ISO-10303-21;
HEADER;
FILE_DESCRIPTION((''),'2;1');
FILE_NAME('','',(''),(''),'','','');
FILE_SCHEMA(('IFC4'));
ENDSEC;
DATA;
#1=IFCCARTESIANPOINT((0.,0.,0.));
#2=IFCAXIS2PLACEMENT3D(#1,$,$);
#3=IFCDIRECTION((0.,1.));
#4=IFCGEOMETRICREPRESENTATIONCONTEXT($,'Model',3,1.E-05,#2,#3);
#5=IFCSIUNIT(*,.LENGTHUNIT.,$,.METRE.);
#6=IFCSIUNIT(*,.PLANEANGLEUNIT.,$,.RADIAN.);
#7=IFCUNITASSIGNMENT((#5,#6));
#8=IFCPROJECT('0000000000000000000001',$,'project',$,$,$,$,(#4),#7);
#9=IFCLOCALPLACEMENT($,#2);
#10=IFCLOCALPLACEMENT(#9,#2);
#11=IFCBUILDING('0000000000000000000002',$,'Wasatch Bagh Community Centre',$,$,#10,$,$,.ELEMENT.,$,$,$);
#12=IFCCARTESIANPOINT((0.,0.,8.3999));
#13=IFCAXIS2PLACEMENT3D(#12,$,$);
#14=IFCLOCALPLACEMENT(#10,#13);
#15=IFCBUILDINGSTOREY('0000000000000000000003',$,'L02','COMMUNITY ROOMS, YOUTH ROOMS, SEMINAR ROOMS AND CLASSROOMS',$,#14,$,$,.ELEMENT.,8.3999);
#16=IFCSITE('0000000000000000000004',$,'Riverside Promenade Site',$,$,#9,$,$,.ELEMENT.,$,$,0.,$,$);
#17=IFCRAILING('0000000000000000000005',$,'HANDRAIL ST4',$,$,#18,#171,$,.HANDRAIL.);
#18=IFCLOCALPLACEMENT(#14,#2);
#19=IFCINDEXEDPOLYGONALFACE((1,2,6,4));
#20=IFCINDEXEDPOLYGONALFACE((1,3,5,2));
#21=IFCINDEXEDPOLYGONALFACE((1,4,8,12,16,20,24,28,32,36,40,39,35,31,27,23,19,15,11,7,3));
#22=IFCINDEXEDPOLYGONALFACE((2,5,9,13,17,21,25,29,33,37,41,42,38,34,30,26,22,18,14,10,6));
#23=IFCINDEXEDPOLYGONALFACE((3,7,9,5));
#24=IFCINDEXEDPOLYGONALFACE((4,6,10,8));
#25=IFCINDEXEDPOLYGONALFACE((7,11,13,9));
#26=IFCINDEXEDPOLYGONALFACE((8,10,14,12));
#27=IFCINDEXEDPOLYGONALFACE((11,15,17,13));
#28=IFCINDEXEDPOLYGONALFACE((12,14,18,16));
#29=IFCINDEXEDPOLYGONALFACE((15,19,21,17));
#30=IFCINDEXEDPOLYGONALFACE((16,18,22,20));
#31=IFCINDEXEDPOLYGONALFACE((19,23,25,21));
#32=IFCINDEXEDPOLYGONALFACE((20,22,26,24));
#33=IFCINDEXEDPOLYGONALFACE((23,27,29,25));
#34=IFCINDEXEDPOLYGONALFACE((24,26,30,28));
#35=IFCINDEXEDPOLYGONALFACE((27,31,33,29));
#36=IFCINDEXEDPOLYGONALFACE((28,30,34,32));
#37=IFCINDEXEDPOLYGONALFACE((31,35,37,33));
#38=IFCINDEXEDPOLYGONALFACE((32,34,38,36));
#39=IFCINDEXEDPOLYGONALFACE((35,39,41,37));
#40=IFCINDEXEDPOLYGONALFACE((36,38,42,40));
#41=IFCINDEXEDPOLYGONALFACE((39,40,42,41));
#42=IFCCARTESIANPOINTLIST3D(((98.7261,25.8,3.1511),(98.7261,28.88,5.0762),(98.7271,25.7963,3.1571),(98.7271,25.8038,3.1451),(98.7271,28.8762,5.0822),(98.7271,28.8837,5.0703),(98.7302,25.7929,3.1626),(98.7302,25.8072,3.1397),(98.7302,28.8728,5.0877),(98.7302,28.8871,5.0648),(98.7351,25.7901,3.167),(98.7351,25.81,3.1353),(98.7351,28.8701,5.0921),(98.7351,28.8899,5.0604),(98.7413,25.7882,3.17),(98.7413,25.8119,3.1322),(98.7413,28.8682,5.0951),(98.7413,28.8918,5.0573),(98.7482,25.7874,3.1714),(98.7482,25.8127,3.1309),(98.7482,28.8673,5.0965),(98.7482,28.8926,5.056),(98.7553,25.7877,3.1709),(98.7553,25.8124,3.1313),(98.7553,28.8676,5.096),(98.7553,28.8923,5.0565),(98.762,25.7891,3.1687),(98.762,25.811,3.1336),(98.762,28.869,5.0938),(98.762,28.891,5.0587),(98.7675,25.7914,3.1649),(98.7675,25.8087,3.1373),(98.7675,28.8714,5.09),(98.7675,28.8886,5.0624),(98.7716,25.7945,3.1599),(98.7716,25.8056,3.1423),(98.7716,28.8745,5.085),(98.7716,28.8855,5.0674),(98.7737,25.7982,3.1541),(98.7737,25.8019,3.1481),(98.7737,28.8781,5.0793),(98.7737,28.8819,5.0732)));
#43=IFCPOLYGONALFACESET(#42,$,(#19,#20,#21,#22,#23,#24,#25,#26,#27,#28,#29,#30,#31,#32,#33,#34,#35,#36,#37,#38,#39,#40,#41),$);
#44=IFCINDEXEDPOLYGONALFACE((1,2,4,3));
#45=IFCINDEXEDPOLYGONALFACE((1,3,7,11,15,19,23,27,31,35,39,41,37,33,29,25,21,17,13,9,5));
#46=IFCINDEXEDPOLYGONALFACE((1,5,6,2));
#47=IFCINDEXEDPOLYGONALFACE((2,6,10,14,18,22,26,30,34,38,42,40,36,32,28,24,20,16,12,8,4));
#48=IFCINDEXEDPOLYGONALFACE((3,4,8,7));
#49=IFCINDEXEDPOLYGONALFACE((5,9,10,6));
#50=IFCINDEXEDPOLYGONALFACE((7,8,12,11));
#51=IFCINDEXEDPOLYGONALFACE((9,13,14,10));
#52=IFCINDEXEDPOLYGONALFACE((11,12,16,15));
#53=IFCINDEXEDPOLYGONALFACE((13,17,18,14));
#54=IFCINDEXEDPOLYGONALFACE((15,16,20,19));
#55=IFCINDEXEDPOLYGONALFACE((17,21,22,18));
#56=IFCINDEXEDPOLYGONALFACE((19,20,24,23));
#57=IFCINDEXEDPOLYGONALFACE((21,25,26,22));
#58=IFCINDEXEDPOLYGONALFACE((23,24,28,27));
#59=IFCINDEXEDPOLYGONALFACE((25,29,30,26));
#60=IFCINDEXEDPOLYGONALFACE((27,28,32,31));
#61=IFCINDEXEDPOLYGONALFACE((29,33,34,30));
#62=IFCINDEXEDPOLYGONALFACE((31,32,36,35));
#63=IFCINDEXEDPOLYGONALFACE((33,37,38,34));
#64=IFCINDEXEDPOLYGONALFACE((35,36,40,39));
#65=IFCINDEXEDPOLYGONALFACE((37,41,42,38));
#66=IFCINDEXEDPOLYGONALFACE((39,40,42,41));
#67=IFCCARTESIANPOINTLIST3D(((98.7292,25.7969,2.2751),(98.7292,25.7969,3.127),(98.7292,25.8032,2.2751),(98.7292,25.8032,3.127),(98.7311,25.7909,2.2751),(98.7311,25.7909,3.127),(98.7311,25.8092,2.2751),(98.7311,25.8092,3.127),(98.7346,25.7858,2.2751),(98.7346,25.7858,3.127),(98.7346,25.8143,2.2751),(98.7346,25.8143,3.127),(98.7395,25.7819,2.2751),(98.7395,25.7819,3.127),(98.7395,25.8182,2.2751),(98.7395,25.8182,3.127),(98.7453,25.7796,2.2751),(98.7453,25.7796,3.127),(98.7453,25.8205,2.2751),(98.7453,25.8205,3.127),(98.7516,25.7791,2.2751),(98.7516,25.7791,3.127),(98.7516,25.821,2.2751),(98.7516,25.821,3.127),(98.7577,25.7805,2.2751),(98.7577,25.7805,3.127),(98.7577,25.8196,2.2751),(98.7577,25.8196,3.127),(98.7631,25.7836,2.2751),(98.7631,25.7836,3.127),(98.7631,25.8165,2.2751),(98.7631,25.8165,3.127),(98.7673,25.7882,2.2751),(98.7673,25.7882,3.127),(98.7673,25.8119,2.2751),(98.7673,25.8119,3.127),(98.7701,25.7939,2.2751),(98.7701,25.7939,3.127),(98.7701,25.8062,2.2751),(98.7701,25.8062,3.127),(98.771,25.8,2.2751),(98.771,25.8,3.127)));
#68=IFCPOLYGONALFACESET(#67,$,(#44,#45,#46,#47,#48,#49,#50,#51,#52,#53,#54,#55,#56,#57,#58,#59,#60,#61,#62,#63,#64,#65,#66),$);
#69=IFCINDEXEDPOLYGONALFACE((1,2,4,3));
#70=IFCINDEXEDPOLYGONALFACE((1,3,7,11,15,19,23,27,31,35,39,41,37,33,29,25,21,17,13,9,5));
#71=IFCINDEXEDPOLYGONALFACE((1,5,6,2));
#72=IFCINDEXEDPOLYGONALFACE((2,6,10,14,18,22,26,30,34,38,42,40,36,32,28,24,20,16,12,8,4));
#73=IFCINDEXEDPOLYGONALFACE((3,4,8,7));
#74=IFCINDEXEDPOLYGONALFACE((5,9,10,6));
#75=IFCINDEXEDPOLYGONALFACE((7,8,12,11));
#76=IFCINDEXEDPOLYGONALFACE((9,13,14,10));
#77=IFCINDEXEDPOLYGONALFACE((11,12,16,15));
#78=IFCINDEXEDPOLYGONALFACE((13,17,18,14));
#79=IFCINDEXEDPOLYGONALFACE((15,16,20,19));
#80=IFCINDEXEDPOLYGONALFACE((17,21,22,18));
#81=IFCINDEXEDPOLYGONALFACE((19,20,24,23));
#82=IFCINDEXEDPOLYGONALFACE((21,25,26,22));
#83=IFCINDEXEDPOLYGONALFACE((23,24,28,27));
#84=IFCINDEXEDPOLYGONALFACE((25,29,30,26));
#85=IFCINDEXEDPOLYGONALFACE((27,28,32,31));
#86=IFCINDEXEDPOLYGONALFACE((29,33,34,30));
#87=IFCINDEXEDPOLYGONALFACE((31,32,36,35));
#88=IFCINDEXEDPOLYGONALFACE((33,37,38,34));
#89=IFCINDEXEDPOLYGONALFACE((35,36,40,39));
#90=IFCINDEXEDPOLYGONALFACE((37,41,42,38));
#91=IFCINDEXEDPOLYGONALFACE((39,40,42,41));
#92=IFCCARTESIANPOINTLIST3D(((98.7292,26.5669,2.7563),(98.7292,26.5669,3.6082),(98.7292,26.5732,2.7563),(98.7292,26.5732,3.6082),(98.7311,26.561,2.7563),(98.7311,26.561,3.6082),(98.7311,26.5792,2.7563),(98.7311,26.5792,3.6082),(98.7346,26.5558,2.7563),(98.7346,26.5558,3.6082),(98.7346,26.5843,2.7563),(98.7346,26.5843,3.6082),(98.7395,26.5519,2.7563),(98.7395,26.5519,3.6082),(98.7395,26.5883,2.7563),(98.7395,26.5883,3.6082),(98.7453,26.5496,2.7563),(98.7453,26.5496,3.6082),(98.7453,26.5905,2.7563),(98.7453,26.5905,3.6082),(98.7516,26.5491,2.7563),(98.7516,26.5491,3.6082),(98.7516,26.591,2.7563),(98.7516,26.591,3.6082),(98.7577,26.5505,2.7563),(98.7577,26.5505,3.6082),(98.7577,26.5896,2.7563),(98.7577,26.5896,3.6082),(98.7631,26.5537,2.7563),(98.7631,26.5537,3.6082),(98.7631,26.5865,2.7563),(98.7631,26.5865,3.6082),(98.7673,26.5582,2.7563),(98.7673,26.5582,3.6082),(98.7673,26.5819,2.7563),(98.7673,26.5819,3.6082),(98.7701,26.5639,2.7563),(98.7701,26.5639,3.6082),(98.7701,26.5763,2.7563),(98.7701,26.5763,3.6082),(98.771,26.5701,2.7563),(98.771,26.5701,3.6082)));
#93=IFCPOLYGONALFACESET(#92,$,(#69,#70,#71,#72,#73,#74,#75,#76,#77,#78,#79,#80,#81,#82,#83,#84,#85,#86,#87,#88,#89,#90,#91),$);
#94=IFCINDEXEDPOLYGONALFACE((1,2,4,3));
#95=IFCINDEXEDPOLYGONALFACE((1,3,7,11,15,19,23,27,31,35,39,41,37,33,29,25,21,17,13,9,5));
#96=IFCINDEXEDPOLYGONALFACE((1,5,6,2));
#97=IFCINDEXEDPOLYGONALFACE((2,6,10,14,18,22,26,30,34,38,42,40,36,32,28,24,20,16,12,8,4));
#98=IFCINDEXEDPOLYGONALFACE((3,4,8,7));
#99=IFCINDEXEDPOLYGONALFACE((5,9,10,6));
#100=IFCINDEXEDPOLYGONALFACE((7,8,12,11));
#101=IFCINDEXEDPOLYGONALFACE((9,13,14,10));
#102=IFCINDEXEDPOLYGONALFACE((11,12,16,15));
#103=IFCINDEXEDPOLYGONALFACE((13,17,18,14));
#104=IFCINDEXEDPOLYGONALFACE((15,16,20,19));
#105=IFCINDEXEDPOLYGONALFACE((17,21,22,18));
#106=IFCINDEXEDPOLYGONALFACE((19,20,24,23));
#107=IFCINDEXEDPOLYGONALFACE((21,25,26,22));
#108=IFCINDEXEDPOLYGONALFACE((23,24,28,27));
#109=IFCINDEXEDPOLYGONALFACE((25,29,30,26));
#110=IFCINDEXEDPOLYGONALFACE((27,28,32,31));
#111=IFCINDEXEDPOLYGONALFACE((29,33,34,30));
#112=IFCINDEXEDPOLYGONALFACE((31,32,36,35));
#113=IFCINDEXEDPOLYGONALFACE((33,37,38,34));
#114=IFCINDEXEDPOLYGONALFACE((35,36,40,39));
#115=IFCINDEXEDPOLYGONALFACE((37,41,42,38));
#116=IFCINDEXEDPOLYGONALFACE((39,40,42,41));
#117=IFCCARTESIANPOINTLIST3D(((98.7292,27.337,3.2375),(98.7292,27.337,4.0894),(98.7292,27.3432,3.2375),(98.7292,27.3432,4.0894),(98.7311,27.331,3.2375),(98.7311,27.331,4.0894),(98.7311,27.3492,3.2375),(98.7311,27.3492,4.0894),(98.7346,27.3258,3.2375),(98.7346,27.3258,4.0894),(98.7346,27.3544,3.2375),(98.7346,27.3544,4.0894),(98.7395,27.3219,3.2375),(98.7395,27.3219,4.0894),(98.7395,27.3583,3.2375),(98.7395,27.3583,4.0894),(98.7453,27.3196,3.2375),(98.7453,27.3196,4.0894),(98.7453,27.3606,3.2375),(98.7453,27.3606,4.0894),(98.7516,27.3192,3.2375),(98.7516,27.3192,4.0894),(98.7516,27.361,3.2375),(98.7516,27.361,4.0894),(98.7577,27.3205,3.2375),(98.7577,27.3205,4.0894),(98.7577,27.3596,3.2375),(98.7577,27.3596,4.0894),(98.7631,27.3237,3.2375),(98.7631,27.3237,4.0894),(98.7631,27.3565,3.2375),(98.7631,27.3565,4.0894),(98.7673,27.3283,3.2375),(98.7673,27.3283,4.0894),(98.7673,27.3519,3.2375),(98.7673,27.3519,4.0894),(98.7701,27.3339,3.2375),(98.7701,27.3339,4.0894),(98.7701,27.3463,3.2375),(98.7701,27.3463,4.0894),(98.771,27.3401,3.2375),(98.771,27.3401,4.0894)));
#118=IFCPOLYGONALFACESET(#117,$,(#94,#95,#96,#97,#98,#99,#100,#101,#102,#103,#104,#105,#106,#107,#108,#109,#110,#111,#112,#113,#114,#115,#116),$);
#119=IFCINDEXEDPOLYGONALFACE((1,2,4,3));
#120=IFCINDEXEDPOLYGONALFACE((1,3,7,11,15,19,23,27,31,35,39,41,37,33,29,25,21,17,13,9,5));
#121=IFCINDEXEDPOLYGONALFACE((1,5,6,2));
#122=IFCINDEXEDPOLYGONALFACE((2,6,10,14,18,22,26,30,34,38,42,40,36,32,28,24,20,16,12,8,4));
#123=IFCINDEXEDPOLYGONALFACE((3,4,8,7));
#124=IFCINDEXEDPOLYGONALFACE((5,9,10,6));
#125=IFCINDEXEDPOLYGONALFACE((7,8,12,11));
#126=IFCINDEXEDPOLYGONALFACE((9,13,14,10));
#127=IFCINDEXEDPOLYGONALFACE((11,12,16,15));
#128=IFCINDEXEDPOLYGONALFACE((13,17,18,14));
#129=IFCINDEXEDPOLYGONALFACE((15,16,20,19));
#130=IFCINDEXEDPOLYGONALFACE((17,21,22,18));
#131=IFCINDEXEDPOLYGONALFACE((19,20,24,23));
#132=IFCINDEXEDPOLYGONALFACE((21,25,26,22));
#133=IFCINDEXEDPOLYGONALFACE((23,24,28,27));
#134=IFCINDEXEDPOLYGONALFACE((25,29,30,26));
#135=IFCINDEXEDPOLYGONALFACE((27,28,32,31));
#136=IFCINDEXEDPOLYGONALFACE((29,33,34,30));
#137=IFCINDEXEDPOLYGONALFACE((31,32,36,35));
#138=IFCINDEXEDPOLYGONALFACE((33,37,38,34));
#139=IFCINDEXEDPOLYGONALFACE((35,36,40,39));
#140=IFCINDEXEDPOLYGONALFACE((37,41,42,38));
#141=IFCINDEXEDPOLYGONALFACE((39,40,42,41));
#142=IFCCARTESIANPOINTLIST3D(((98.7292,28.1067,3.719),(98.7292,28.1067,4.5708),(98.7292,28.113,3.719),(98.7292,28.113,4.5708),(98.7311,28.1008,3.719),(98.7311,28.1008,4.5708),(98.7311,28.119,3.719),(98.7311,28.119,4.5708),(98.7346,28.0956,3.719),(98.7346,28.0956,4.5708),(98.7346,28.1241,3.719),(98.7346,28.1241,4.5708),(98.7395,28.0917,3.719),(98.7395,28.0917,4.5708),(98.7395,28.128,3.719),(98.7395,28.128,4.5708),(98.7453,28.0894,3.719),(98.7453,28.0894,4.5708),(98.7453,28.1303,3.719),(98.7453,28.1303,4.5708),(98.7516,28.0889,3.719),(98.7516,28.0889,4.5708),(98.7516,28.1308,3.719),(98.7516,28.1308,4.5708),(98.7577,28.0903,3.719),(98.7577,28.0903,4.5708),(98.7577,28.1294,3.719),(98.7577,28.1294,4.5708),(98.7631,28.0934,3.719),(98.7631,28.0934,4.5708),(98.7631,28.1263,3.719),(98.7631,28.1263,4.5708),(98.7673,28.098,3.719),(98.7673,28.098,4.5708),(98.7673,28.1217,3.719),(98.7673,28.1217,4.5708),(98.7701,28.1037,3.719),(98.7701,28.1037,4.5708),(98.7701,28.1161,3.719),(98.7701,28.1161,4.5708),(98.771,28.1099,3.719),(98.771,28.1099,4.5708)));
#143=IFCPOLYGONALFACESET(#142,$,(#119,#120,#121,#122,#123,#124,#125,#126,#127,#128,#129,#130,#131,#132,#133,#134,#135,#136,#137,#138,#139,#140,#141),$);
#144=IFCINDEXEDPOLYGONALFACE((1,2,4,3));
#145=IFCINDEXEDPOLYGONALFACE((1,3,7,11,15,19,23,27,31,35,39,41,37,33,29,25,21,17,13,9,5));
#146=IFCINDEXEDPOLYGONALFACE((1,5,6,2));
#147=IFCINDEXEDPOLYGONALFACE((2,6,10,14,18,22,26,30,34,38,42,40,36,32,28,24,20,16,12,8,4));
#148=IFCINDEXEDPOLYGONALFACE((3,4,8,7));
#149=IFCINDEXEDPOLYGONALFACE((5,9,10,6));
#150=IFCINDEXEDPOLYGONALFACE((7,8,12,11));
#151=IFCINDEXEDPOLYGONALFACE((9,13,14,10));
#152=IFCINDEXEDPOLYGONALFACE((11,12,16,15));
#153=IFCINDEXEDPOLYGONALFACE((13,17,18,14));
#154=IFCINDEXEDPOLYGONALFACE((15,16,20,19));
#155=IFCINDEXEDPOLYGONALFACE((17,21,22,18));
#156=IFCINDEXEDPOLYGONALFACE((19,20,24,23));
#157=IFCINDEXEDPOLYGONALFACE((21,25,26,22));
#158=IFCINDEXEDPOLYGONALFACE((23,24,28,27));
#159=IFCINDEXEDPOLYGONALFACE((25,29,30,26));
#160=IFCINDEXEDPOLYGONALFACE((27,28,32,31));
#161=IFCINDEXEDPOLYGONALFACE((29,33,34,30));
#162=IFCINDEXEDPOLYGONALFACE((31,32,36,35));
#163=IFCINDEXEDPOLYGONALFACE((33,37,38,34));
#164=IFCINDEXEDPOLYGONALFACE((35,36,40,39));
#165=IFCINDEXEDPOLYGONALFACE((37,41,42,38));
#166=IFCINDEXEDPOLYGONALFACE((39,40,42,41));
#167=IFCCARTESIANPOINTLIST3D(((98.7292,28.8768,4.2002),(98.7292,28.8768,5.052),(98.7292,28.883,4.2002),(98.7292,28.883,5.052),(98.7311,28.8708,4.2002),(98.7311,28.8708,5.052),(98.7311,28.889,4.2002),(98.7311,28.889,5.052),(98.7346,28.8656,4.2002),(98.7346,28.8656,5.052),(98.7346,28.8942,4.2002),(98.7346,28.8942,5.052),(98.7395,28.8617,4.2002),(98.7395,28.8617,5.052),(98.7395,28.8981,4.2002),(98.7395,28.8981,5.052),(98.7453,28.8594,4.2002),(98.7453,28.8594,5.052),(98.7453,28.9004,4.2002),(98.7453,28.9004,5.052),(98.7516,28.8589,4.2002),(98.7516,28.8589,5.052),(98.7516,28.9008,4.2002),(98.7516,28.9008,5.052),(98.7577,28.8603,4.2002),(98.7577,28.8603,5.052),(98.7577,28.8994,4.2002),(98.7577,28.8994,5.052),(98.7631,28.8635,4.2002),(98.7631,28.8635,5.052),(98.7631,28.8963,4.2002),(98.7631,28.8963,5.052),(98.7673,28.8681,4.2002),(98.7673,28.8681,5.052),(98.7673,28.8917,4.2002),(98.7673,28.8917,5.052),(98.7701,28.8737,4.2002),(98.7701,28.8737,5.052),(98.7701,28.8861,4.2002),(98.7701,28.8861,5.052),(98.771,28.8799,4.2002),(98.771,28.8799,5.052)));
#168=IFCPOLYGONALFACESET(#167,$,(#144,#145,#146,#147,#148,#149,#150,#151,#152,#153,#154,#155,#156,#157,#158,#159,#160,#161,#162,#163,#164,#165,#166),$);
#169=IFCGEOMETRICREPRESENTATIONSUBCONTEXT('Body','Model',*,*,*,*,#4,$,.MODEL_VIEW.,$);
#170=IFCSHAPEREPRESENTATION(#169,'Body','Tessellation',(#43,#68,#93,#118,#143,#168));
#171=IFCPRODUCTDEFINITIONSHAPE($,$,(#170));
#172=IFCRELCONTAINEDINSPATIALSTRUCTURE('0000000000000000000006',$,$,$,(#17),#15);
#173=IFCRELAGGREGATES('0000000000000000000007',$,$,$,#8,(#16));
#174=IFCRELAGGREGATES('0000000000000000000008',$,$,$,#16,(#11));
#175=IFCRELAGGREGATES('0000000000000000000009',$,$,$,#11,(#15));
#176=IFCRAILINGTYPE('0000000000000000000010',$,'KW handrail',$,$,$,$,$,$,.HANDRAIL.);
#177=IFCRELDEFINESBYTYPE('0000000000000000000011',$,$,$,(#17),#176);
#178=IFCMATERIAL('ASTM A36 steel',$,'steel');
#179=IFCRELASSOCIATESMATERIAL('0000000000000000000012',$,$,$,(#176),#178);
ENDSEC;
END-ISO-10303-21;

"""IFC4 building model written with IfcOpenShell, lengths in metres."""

from ifc_helpers import new_model, si_unit, direction, frame, origin, origin_2d, place, context, subcontext, project, spatial, circle, extrude, material, type_object, element, save


model = new_model("IFC4")

# Units and contexts
model_context = context("Model", 3, precision=1e-05, world=origin(), true_north=direction((0.0, 1.0)))
body_context = subcontext(model_context, "Body", "Model", "MODEL_VIEW")
ifc_project = project(units=[si_unit("LENGTHUNIT", "METRE"), si_unit("PLANEANGLEUNIT", "RADIAN")], contexts=[model_context])

# Site, building, storey
site_placement = place(None, origin())
site = spatial("IfcSite", under=ifc_project, at=site_placement, Name="Riverside Promenade Site", CompositionType="ELEMENT", RefElevation=0.0)
building_placement = place(site_placement, origin())
building = spatial("IfcBuilding", under=site, at=building_placement, Name="Wasatch Bagh Community Centre", CompositionType="ELEMENT")
storey_placement = place(building_placement, frame((0.0, 0.0, 8.3999)))
storey = spatial("IfcBuildingStorey", under=building, at=storey_placement, Name="L02", Description="COMMUNITY ROOMS, YOUTH ROOMS, SEMINAR ROOMS AND CLASSROOMS", CompositionType="ELEMENT", Elevation=8.3999)

# Railing
ifc_material_1 = material(Name="ASTM A36 steel", Category="steel")
railing_type_1 = type_object("IfcRailingType", Name="KW handrail", PredefinedType="HANDRAIL", material=ifc_material_1)
for number, where, name in (
    (1, (98.75, 25.8, 2.2751), "HANDRAIL ST4"),
):
    element("IfcRailing", number, at=place(storey_placement, frame(where)), inside=storey, type_object=railing_type_1, Name=name, PredefinedType="HANDRAIL", context=body_context, shape_type="SweptSolid", body=[
        extrude(circle(Radius=0.0239, at=origin_2d()), frame((0.0, 0.0, 0.876), z_axis=(0.0, 0.847979, 0.530029), x_axis=(-1.0, 0.0, 0.0)), (0.0, 0.0, 1.0), 3.6321),
        extrude(circle(Radius=0.021, at=origin_2d()), origin(), (0.0, 0.0, 1.0), 0.8518),
        extrude(circle(Radius=0.021, at=origin_2d()), frame((0.0, 0.77, 0.4812)), (0.0, 0.0, 1.0), 0.8518),
        extrude(circle(Radius=0.021, at=origin_2d()), frame((0.0, 1.54, 0.9624)), (0.0, 0.0, 1.0), 0.8518),
        extrude(circle(Radius=0.021, at=origin_2d()), frame((0.0, 2.3098, 1.4438)), (0.0, 0.0, 1.0), 0.8518),
        extrude(circle(Radius=0.021, at=origin_2d()), frame((0.0, 3.0798, 1.925)), (0.0, 0.0, 1.0), 0.8518),
    ])

save(model, "model.ifc")
